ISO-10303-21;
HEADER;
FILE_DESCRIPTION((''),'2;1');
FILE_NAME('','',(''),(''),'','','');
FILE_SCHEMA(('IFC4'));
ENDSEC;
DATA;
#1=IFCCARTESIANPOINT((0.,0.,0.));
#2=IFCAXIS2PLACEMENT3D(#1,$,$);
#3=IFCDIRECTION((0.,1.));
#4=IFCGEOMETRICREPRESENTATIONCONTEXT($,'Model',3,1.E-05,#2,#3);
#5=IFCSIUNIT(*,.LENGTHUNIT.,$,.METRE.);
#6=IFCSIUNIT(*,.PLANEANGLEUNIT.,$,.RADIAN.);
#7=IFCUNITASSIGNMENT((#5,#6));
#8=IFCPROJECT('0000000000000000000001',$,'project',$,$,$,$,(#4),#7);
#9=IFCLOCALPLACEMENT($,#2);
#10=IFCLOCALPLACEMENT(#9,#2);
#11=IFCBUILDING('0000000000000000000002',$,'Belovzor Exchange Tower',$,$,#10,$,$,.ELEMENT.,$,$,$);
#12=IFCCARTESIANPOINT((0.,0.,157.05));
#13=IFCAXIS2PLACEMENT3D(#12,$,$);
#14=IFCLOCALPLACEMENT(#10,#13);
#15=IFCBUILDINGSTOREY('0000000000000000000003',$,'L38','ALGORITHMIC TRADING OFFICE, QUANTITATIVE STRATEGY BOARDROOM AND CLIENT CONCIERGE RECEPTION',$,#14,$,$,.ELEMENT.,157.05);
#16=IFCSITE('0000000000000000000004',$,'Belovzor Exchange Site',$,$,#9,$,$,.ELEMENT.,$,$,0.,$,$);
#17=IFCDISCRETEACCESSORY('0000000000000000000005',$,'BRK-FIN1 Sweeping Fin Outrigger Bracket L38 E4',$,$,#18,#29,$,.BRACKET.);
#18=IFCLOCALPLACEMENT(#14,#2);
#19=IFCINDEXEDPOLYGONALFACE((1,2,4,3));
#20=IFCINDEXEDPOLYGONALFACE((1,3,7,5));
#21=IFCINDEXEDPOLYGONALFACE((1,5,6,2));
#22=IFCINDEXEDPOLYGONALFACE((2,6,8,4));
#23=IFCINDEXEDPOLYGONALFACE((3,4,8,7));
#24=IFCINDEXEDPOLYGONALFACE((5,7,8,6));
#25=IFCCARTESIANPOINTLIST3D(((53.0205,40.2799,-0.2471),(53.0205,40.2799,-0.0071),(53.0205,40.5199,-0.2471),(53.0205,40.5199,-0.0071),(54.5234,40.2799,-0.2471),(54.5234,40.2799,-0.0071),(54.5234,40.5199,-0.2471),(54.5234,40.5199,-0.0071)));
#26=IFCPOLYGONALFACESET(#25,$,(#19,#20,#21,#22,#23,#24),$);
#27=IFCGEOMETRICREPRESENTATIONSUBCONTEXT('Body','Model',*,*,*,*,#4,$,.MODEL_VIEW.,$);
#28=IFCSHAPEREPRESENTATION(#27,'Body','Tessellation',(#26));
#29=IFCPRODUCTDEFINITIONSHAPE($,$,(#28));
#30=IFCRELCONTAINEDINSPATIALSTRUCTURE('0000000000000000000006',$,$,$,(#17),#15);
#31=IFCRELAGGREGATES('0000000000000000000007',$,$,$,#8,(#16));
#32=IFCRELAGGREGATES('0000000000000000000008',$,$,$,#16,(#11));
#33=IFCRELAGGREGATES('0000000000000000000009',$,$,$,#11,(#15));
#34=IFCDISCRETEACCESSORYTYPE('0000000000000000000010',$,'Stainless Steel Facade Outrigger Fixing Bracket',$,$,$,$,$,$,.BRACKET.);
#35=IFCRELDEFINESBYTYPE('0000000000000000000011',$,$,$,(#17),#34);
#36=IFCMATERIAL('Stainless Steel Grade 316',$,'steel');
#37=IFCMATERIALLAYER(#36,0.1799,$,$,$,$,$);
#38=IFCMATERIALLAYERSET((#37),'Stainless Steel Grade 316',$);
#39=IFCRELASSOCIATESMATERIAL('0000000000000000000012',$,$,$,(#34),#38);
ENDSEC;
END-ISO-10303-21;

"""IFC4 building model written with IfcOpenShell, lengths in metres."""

from ifc_helpers import new_model, si_unit, direction, frame, origin, origin_2d, place, context, subcontext, project, spatial, rectangle, extrude, material, layer, layer_set, type_object, element, save


model = new_model("IFC4")

# Units and contexts
model_context = context("Model", 3, precision=1e-05, world=origin(), true_north=direction((0.0, 1.0)))
body_context = subcontext(model_context, "Body", "Model", "MODEL_VIEW")
ifc_project = project(units=[si_unit("LENGTHUNIT", "METRE"), si_unit("PLANEANGLEUNIT", "RADIAN")], contexts=[model_context])

# Site, building, storey
site_placement = place(None, origin())
site = spatial("IfcSite", under=ifc_project, at=site_placement, Name="Belovzor Exchange Site", CompositionType="ELEMENT", RefElevation=0.0)
building_placement = place(site_placement, origin())
building = spatial("IfcBuilding", under=site, at=building_placement, Name="Belovzor Exchange Tower", CompositionType="ELEMENT")
storey_placement = place(building_placement, frame((0.0, 0.0, 157.05)))
storey = spatial("IfcBuildingStorey", under=building, at=storey_placement, Name="L38", Description="ALGORITHMIC TRADING OFFICE, QUANTITATIVE STRATEGY BOARDROOM AND CLIENT CONCIERGE RECEPTION", CompositionType="ELEMENT", Elevation=157.05)

# Discrete accessory
ifc_material_1 = material(Name="Stainless Steel Grade 316", Category="steel")
ifc_layer_1 = layer(ifc_material_1, 0.1799)
ifc_layer_set_1 = layer_set([ifc_layer_1], Name="Stainless Steel Grade 316")
discrete_accessory_type = type_object("IfcDiscreteAccessoryType", Name="Stainless Steel Facade Outrigger Fixing Bracket", PredefinedType="BRACKET", material=ifc_layer_set_1)
for number, where, z_axis, x_axis, name in (
    (1, (53.772, 40.3999, -0.2471), (0.0, 0.0, 1.0), (1.0, 0.0, 0.0), "BRK-FIN1 Sweeping Fin Outrigger Bracket L38 E4"),
):
    element("IfcDiscreteAccessory", number, at=place(storey_placement, frame(where, z_axis=z_axis, x_axis=x_axis)), inside=storey, type_object=discrete_accessory_type, Name=name, PredefinedType="BRACKET", context=body_context, shape_type="SweptSolid", body=[
        extrude(rectangle(XDim=1.5029, YDim=0.24, at=origin_2d()), origin(), (0.0, 0.0, 1.0), 0.24),
    ])

save(model, "model.ifc")
